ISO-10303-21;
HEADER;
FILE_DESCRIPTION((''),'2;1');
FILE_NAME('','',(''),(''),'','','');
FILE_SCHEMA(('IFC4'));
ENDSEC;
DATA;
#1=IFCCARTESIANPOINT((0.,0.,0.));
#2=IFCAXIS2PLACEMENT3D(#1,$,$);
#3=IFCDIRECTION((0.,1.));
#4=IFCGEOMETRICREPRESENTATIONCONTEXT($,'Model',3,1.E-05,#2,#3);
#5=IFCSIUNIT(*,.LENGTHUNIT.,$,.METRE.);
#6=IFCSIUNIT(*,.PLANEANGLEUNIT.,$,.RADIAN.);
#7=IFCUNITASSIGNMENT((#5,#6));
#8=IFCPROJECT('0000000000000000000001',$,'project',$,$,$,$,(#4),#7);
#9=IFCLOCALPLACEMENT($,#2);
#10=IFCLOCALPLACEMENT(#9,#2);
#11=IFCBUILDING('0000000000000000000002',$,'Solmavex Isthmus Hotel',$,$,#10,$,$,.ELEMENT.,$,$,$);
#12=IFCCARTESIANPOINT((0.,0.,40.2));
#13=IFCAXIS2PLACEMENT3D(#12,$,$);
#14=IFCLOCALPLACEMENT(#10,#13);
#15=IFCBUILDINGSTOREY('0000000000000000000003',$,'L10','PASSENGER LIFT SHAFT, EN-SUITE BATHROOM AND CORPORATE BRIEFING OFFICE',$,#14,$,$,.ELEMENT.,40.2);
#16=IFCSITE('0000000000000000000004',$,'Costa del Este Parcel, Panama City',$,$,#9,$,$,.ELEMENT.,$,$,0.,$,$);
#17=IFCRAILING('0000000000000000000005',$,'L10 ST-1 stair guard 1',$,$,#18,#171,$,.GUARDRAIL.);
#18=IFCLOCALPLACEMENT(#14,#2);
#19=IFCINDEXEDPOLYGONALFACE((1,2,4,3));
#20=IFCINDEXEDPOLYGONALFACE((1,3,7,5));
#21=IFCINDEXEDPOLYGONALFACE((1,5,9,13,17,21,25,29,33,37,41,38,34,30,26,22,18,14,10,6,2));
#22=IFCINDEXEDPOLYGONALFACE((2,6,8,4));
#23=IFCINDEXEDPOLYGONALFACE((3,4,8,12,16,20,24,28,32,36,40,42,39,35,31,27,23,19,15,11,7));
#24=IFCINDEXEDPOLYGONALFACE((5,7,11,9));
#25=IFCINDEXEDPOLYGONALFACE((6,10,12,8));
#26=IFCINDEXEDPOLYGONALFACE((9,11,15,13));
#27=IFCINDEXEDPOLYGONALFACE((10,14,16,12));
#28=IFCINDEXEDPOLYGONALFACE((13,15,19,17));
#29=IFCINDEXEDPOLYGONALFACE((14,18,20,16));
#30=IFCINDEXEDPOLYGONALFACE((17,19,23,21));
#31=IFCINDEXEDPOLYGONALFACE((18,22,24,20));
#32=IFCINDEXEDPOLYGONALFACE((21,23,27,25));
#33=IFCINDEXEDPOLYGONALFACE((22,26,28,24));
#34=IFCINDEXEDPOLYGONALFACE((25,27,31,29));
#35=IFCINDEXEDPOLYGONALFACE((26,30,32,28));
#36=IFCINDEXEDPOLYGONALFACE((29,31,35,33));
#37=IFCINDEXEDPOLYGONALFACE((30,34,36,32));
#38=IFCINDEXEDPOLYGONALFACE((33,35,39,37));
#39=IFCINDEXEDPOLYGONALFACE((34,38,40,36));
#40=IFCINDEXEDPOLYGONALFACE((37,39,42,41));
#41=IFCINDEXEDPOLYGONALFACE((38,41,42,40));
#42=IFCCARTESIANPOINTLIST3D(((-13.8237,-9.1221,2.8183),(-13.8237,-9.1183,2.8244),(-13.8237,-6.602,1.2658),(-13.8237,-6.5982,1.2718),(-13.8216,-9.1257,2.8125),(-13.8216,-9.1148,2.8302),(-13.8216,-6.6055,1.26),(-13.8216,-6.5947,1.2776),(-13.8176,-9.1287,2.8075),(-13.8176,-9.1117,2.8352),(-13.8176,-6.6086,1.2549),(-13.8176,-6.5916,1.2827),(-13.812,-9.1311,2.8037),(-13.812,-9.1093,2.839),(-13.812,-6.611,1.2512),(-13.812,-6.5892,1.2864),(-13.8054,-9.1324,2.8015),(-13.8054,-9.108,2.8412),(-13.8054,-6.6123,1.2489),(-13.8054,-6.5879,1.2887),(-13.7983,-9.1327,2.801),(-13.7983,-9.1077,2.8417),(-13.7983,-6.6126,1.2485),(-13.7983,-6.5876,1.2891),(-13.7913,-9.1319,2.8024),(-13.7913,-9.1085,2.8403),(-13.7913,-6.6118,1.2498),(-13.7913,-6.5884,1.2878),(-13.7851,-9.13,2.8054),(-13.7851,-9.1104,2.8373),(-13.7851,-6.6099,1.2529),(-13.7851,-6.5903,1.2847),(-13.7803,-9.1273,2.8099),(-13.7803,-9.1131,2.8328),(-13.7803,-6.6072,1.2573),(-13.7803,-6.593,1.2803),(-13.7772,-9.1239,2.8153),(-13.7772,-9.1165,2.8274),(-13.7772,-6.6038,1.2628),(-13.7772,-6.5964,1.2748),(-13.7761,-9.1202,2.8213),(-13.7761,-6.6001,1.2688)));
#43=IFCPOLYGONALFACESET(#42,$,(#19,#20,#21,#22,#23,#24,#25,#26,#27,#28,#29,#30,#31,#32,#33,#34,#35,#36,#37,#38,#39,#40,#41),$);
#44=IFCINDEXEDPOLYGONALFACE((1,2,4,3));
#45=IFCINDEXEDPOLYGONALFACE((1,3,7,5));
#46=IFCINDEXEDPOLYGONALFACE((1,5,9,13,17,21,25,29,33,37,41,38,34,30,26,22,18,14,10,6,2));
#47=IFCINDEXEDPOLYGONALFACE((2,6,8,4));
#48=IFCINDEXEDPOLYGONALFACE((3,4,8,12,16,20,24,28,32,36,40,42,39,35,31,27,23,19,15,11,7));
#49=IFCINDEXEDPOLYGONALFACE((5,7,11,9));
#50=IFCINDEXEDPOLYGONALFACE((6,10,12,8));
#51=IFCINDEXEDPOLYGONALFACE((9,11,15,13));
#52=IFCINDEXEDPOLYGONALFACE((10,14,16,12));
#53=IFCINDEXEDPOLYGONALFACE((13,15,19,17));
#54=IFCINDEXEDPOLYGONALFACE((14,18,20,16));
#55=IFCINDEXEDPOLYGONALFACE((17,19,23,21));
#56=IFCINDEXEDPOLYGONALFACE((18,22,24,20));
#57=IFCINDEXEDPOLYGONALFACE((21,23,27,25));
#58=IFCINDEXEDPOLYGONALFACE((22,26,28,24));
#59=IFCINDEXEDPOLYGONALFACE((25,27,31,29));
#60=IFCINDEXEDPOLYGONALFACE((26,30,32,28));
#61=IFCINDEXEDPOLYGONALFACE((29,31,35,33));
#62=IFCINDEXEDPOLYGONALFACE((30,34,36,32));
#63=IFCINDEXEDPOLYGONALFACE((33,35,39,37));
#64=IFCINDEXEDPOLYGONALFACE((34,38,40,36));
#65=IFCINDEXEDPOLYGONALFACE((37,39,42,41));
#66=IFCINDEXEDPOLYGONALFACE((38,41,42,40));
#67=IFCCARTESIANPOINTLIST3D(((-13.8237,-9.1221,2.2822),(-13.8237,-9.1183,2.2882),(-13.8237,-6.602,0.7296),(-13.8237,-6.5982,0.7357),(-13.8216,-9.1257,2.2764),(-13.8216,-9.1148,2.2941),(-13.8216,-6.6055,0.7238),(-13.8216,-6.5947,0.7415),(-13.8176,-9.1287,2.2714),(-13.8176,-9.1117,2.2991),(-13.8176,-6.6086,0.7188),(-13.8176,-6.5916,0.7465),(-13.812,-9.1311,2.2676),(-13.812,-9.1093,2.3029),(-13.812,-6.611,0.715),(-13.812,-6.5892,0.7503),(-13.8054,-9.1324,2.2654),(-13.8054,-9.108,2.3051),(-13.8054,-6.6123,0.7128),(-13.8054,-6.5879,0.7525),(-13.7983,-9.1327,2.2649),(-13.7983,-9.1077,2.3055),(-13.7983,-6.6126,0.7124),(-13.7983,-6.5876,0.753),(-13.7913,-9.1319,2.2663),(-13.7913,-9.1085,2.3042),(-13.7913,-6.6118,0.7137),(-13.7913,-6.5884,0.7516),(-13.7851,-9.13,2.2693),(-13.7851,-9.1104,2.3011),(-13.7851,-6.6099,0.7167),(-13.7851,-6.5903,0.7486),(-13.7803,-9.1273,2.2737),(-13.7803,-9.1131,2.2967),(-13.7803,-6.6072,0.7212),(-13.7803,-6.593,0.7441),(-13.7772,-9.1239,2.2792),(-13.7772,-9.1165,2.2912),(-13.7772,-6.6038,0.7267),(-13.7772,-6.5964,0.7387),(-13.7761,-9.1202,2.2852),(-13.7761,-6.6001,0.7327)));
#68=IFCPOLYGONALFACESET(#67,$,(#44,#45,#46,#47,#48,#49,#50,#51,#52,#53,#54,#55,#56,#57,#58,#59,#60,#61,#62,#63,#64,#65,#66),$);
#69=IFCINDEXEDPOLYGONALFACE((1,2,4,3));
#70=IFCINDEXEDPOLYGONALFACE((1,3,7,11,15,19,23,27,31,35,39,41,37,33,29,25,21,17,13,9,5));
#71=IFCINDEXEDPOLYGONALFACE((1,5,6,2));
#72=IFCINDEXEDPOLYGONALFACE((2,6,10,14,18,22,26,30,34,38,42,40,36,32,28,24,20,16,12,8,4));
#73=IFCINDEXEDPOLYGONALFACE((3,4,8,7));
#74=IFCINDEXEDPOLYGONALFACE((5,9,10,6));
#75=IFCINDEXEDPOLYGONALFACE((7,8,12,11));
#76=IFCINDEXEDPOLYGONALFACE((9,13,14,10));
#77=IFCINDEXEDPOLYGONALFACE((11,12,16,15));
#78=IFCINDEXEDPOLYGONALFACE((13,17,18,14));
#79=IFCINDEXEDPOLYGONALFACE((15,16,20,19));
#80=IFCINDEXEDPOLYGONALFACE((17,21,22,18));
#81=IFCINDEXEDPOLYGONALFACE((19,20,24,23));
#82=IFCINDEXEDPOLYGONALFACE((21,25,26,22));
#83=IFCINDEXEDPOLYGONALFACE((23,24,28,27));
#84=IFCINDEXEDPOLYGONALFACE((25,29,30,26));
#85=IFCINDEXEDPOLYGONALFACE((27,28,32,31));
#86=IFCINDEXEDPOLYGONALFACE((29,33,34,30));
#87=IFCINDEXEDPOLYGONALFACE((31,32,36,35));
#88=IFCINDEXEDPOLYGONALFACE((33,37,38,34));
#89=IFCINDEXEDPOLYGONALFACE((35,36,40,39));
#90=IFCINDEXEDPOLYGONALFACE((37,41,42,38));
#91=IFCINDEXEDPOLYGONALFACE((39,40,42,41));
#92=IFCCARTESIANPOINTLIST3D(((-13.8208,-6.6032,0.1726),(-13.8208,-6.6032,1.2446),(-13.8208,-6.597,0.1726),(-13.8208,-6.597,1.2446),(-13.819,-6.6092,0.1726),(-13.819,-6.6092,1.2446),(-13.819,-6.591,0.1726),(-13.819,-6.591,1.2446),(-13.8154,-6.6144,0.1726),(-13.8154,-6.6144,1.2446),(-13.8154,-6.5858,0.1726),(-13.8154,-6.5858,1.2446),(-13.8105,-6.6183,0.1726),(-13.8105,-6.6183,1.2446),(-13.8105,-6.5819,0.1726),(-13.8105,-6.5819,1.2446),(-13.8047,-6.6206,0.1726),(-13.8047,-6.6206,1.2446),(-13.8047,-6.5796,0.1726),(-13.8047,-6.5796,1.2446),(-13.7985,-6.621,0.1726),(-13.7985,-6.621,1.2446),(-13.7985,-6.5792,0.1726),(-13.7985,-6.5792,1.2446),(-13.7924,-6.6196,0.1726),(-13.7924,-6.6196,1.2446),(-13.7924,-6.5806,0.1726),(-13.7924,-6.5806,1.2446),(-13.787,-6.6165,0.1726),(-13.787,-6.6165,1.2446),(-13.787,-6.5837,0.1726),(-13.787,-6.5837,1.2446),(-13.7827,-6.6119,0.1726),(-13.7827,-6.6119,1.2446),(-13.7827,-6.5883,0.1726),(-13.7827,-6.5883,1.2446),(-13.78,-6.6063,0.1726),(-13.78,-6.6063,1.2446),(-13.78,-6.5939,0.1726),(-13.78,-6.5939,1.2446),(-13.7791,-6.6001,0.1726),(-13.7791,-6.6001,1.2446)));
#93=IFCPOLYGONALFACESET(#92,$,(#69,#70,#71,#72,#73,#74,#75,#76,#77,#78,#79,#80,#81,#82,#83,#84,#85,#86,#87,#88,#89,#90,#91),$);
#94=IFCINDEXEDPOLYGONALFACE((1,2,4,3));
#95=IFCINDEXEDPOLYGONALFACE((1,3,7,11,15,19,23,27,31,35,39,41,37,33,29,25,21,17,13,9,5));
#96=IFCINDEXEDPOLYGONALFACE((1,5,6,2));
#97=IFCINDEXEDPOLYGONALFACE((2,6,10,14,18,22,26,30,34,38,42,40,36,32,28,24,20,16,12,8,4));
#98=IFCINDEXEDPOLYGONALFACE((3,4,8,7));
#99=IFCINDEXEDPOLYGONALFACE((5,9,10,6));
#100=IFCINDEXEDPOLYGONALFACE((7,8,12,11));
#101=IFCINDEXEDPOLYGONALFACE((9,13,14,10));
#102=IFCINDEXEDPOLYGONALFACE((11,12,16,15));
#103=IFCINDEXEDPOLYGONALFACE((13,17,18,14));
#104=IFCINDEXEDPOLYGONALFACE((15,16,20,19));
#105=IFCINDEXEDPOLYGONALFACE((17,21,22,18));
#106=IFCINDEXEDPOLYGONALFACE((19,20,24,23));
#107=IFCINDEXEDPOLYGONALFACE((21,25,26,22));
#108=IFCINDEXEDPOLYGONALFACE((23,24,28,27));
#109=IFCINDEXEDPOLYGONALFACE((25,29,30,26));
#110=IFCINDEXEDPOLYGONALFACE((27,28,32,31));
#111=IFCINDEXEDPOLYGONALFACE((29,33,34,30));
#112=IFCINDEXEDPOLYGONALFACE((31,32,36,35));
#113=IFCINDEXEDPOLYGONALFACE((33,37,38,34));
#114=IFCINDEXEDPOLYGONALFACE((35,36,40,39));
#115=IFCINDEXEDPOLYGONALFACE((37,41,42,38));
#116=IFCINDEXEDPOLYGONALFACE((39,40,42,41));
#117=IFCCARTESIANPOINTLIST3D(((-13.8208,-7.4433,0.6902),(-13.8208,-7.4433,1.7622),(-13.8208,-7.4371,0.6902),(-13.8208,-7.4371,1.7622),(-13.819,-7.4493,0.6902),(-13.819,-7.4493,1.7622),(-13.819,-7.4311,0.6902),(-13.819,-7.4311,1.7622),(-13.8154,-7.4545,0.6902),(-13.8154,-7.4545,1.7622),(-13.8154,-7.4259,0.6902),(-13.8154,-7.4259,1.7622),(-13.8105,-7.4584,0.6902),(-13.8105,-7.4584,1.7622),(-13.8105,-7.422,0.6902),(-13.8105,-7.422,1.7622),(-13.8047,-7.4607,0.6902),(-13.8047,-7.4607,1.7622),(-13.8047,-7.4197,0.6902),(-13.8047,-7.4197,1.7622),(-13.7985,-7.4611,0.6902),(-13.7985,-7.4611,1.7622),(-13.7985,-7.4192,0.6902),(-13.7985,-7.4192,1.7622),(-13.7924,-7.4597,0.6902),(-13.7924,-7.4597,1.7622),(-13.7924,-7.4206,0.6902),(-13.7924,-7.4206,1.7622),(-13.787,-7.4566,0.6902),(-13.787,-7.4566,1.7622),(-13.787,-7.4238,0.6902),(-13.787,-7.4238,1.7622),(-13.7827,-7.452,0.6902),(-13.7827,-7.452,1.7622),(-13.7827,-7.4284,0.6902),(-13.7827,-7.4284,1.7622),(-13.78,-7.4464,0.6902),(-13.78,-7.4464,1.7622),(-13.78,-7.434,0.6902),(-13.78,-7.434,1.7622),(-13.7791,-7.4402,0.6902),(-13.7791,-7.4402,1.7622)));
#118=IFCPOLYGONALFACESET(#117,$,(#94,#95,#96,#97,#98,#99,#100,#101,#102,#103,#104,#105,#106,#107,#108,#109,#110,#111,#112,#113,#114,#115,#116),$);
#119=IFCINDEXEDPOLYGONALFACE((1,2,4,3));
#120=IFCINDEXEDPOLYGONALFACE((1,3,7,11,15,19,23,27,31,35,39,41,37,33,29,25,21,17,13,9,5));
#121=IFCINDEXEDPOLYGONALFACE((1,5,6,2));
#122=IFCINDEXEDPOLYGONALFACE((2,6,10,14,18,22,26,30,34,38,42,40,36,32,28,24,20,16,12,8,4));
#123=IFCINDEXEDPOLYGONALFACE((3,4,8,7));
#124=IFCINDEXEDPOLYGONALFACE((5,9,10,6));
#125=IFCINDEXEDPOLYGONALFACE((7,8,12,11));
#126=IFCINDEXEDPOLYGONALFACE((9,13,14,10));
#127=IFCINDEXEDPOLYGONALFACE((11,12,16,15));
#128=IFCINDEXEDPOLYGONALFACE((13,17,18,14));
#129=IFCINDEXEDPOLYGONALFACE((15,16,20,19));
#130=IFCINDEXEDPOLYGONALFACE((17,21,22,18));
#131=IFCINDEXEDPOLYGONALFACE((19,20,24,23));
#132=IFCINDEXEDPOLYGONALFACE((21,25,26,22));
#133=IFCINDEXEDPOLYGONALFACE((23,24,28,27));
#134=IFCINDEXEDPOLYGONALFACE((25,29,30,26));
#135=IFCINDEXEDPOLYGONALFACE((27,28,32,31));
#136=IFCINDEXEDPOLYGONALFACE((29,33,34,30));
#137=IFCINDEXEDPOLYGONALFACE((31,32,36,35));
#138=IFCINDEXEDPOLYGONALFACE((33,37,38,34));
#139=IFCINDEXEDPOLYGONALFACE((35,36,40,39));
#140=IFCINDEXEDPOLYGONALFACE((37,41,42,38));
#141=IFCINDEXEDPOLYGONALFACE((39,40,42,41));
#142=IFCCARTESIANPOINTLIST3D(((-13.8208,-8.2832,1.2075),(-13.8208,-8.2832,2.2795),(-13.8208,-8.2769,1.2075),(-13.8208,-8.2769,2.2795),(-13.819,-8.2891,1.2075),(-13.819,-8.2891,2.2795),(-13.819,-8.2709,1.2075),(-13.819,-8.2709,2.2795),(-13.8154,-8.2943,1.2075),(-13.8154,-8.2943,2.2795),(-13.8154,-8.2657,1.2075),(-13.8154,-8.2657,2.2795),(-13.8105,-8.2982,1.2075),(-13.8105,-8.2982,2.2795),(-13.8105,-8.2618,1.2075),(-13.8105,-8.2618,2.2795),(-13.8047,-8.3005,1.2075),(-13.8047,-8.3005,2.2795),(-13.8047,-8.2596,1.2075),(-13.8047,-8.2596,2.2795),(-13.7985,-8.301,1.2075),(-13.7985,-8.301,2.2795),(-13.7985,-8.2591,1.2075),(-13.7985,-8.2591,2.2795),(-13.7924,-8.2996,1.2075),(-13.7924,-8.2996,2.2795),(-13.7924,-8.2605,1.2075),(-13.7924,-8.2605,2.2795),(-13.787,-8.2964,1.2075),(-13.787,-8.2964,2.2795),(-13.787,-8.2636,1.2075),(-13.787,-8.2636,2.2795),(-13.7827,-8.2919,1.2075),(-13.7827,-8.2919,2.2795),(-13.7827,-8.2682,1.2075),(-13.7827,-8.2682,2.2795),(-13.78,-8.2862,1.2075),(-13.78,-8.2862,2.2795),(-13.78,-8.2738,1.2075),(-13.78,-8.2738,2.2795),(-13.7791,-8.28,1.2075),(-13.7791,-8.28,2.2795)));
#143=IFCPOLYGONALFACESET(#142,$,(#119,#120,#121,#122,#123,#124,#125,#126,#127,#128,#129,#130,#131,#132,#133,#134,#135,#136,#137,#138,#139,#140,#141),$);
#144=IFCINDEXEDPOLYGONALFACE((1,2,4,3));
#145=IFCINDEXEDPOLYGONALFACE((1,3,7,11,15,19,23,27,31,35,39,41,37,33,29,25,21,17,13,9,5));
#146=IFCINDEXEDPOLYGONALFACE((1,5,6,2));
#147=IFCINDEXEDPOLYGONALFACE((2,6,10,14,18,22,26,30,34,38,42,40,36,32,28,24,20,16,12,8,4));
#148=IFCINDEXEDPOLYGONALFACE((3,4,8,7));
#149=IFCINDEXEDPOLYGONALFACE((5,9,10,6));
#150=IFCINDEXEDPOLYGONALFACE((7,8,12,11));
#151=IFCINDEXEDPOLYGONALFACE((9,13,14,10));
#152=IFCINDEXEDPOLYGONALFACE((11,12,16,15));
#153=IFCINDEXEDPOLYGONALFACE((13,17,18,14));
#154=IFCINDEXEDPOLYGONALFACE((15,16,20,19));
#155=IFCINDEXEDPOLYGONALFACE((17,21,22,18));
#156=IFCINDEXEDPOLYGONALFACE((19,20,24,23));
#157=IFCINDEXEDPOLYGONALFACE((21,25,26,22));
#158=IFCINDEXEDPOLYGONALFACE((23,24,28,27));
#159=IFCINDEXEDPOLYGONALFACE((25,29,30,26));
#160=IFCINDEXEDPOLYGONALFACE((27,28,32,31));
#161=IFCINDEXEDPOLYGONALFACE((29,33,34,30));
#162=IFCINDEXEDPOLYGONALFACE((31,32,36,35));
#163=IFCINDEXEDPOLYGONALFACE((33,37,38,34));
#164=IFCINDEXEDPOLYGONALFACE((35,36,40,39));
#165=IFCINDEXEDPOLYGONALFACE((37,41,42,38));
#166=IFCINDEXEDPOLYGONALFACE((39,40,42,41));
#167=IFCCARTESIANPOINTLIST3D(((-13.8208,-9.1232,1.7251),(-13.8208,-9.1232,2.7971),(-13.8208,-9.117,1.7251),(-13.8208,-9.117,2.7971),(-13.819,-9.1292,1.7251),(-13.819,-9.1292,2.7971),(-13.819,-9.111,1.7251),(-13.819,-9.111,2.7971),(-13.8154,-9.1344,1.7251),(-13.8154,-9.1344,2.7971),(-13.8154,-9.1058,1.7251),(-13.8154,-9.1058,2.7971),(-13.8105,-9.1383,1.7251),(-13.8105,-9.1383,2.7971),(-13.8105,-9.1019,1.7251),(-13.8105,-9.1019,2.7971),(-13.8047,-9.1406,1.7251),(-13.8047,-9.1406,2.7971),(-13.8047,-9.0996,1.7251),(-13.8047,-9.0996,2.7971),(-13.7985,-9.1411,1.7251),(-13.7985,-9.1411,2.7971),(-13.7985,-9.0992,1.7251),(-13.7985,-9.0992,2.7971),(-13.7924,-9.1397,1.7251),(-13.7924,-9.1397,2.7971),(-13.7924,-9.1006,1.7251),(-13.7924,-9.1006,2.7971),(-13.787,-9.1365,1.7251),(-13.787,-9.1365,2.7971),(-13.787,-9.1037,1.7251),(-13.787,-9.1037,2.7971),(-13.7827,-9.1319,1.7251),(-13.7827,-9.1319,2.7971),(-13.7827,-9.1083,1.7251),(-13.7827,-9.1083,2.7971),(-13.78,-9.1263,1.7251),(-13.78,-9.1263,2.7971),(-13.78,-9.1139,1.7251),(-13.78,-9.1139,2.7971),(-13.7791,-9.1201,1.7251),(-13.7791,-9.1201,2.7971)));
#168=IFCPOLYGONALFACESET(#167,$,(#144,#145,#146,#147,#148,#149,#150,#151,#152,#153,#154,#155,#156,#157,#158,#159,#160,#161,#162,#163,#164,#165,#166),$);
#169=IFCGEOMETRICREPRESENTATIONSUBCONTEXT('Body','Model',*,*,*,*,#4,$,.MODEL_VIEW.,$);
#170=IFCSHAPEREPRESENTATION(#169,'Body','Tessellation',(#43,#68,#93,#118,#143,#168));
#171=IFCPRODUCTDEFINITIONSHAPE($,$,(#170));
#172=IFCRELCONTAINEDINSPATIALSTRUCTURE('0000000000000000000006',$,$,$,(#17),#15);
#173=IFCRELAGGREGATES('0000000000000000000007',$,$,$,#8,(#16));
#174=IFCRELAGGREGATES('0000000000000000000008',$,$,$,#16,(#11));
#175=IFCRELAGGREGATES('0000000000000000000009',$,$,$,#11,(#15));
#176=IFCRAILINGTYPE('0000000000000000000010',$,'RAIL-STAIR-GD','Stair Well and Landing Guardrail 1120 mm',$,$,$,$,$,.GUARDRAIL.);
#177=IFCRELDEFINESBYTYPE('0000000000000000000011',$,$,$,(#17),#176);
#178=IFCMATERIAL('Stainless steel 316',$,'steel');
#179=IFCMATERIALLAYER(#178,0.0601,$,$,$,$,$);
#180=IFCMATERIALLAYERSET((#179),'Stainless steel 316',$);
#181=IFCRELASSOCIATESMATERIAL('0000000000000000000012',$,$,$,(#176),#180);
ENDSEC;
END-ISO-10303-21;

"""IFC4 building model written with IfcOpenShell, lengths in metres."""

from ifc_helpers import new_model, si_unit, direction, frame, origin, origin_2d, place, context, subcontext, project, spatial, circle, extrude, material, layer, layer_set, type_object, element, save


model = new_model("IFC4")

# Units and contexts
model_context = context("Model", 3, precision=1e-05, world=origin(), true_north=direction((0.0, 1.0)))
body_context = subcontext(model_context, "Body", "Model", "MODEL_VIEW")
ifc_project = project(units=[si_unit("LENGTHUNIT", "METRE"), si_unit("PLANEANGLEUNIT", "RADIAN")], contexts=[model_context])

# Site, building, storey
site_placement = place(None, origin())
site = spatial("IfcSite", under=ifc_project, at=site_placement, Name="Costa del Este Parcel, Panama City", CompositionType="ELEMENT", RefElevation=0.0)
building_placement = place(site_placement, origin())
building = spatial("IfcBuilding", under=site, at=building_placement, Name="Solmavex Isthmus Hotel", CompositionType="ELEMENT")
storey_placement = place(building_placement, frame((0.0, 0.0, 40.2)))
storey = spatial("IfcBuildingStorey", under=building, at=storey_placement, Name="L10", Description="PASSENGER LIFT SHAFT, EN-SUITE BATHROOM AND CORPORATE BRIEFING OFFICE", CompositionType="ELEMENT", Elevation=40.2)

# Shared definitions
ifc_material_1 = material(Name="Stainless steel 316", Category="steel")

# Railing
ifc_layer_1 = layer(ifc_material_1, 0.0601)
ifc_layer_set_1 = layer_set([ifc_layer_1], Name="Stainless steel 316")
railing_type_1 = type_object("IfcRailingType", Name="RAIL-STAIR-GD", Description="Stair Well and Landing Guardrail 1120 mm", PredefinedType="GUARDRAIL", material=ifc_layer_set_1)
railing_1_placement = place(storey_placement, frame((-13.8, -6.6001, 0.1726)))
element("IfcRailing", 1, at=railing_1_placement, inside=storey, type_object=railing_type_1, Name="L10 ST-1 stair guard 1", PredefinedType="GUARDRAIL", context=body_context, shape_type="SweptSolid", body=[
    extrude(circle(Radius=0.0239, at=origin_2d()), frame((0.0, 0.0, 1.0962), z_axis=(0.0, -0.8514, 0.524516), x_axis=(1.0, 0.0, 0.0)), (0.0, 0.0, 1.0), 2.96),
    extrude(circle(Radius=0.0239, at=origin_2d()), frame((0.0, 0.0, 0.5601), z_axis=(0.0, -0.8514, 0.524516), x_axis=(1.0, 0.0, 0.0)), (0.0, 0.0, 1.0), 2.96),
    extrude(circle(Radius=0.021, at=origin_2d()), origin(), (0.0, 0.0, 1.0), 1.072),
    extrude(circle(Radius=0.021, at=origin_2d()), frame((0.0, -0.8401, 0.5176)), (0.0, 0.0, 1.0), 1.072),
    extrude(circle(Radius=0.021, at=origin_2d()), frame((0.0, -1.6799, 1.0349)), (0.0, 0.0, 1.0), 1.072),
    extrude(circle(Radius=0.021, at=origin_2d()), frame((0.0, -2.52, 1.5525)), (0.0, 0.0, 1.0), 1.072),
])

save(model, "model.ifc")
